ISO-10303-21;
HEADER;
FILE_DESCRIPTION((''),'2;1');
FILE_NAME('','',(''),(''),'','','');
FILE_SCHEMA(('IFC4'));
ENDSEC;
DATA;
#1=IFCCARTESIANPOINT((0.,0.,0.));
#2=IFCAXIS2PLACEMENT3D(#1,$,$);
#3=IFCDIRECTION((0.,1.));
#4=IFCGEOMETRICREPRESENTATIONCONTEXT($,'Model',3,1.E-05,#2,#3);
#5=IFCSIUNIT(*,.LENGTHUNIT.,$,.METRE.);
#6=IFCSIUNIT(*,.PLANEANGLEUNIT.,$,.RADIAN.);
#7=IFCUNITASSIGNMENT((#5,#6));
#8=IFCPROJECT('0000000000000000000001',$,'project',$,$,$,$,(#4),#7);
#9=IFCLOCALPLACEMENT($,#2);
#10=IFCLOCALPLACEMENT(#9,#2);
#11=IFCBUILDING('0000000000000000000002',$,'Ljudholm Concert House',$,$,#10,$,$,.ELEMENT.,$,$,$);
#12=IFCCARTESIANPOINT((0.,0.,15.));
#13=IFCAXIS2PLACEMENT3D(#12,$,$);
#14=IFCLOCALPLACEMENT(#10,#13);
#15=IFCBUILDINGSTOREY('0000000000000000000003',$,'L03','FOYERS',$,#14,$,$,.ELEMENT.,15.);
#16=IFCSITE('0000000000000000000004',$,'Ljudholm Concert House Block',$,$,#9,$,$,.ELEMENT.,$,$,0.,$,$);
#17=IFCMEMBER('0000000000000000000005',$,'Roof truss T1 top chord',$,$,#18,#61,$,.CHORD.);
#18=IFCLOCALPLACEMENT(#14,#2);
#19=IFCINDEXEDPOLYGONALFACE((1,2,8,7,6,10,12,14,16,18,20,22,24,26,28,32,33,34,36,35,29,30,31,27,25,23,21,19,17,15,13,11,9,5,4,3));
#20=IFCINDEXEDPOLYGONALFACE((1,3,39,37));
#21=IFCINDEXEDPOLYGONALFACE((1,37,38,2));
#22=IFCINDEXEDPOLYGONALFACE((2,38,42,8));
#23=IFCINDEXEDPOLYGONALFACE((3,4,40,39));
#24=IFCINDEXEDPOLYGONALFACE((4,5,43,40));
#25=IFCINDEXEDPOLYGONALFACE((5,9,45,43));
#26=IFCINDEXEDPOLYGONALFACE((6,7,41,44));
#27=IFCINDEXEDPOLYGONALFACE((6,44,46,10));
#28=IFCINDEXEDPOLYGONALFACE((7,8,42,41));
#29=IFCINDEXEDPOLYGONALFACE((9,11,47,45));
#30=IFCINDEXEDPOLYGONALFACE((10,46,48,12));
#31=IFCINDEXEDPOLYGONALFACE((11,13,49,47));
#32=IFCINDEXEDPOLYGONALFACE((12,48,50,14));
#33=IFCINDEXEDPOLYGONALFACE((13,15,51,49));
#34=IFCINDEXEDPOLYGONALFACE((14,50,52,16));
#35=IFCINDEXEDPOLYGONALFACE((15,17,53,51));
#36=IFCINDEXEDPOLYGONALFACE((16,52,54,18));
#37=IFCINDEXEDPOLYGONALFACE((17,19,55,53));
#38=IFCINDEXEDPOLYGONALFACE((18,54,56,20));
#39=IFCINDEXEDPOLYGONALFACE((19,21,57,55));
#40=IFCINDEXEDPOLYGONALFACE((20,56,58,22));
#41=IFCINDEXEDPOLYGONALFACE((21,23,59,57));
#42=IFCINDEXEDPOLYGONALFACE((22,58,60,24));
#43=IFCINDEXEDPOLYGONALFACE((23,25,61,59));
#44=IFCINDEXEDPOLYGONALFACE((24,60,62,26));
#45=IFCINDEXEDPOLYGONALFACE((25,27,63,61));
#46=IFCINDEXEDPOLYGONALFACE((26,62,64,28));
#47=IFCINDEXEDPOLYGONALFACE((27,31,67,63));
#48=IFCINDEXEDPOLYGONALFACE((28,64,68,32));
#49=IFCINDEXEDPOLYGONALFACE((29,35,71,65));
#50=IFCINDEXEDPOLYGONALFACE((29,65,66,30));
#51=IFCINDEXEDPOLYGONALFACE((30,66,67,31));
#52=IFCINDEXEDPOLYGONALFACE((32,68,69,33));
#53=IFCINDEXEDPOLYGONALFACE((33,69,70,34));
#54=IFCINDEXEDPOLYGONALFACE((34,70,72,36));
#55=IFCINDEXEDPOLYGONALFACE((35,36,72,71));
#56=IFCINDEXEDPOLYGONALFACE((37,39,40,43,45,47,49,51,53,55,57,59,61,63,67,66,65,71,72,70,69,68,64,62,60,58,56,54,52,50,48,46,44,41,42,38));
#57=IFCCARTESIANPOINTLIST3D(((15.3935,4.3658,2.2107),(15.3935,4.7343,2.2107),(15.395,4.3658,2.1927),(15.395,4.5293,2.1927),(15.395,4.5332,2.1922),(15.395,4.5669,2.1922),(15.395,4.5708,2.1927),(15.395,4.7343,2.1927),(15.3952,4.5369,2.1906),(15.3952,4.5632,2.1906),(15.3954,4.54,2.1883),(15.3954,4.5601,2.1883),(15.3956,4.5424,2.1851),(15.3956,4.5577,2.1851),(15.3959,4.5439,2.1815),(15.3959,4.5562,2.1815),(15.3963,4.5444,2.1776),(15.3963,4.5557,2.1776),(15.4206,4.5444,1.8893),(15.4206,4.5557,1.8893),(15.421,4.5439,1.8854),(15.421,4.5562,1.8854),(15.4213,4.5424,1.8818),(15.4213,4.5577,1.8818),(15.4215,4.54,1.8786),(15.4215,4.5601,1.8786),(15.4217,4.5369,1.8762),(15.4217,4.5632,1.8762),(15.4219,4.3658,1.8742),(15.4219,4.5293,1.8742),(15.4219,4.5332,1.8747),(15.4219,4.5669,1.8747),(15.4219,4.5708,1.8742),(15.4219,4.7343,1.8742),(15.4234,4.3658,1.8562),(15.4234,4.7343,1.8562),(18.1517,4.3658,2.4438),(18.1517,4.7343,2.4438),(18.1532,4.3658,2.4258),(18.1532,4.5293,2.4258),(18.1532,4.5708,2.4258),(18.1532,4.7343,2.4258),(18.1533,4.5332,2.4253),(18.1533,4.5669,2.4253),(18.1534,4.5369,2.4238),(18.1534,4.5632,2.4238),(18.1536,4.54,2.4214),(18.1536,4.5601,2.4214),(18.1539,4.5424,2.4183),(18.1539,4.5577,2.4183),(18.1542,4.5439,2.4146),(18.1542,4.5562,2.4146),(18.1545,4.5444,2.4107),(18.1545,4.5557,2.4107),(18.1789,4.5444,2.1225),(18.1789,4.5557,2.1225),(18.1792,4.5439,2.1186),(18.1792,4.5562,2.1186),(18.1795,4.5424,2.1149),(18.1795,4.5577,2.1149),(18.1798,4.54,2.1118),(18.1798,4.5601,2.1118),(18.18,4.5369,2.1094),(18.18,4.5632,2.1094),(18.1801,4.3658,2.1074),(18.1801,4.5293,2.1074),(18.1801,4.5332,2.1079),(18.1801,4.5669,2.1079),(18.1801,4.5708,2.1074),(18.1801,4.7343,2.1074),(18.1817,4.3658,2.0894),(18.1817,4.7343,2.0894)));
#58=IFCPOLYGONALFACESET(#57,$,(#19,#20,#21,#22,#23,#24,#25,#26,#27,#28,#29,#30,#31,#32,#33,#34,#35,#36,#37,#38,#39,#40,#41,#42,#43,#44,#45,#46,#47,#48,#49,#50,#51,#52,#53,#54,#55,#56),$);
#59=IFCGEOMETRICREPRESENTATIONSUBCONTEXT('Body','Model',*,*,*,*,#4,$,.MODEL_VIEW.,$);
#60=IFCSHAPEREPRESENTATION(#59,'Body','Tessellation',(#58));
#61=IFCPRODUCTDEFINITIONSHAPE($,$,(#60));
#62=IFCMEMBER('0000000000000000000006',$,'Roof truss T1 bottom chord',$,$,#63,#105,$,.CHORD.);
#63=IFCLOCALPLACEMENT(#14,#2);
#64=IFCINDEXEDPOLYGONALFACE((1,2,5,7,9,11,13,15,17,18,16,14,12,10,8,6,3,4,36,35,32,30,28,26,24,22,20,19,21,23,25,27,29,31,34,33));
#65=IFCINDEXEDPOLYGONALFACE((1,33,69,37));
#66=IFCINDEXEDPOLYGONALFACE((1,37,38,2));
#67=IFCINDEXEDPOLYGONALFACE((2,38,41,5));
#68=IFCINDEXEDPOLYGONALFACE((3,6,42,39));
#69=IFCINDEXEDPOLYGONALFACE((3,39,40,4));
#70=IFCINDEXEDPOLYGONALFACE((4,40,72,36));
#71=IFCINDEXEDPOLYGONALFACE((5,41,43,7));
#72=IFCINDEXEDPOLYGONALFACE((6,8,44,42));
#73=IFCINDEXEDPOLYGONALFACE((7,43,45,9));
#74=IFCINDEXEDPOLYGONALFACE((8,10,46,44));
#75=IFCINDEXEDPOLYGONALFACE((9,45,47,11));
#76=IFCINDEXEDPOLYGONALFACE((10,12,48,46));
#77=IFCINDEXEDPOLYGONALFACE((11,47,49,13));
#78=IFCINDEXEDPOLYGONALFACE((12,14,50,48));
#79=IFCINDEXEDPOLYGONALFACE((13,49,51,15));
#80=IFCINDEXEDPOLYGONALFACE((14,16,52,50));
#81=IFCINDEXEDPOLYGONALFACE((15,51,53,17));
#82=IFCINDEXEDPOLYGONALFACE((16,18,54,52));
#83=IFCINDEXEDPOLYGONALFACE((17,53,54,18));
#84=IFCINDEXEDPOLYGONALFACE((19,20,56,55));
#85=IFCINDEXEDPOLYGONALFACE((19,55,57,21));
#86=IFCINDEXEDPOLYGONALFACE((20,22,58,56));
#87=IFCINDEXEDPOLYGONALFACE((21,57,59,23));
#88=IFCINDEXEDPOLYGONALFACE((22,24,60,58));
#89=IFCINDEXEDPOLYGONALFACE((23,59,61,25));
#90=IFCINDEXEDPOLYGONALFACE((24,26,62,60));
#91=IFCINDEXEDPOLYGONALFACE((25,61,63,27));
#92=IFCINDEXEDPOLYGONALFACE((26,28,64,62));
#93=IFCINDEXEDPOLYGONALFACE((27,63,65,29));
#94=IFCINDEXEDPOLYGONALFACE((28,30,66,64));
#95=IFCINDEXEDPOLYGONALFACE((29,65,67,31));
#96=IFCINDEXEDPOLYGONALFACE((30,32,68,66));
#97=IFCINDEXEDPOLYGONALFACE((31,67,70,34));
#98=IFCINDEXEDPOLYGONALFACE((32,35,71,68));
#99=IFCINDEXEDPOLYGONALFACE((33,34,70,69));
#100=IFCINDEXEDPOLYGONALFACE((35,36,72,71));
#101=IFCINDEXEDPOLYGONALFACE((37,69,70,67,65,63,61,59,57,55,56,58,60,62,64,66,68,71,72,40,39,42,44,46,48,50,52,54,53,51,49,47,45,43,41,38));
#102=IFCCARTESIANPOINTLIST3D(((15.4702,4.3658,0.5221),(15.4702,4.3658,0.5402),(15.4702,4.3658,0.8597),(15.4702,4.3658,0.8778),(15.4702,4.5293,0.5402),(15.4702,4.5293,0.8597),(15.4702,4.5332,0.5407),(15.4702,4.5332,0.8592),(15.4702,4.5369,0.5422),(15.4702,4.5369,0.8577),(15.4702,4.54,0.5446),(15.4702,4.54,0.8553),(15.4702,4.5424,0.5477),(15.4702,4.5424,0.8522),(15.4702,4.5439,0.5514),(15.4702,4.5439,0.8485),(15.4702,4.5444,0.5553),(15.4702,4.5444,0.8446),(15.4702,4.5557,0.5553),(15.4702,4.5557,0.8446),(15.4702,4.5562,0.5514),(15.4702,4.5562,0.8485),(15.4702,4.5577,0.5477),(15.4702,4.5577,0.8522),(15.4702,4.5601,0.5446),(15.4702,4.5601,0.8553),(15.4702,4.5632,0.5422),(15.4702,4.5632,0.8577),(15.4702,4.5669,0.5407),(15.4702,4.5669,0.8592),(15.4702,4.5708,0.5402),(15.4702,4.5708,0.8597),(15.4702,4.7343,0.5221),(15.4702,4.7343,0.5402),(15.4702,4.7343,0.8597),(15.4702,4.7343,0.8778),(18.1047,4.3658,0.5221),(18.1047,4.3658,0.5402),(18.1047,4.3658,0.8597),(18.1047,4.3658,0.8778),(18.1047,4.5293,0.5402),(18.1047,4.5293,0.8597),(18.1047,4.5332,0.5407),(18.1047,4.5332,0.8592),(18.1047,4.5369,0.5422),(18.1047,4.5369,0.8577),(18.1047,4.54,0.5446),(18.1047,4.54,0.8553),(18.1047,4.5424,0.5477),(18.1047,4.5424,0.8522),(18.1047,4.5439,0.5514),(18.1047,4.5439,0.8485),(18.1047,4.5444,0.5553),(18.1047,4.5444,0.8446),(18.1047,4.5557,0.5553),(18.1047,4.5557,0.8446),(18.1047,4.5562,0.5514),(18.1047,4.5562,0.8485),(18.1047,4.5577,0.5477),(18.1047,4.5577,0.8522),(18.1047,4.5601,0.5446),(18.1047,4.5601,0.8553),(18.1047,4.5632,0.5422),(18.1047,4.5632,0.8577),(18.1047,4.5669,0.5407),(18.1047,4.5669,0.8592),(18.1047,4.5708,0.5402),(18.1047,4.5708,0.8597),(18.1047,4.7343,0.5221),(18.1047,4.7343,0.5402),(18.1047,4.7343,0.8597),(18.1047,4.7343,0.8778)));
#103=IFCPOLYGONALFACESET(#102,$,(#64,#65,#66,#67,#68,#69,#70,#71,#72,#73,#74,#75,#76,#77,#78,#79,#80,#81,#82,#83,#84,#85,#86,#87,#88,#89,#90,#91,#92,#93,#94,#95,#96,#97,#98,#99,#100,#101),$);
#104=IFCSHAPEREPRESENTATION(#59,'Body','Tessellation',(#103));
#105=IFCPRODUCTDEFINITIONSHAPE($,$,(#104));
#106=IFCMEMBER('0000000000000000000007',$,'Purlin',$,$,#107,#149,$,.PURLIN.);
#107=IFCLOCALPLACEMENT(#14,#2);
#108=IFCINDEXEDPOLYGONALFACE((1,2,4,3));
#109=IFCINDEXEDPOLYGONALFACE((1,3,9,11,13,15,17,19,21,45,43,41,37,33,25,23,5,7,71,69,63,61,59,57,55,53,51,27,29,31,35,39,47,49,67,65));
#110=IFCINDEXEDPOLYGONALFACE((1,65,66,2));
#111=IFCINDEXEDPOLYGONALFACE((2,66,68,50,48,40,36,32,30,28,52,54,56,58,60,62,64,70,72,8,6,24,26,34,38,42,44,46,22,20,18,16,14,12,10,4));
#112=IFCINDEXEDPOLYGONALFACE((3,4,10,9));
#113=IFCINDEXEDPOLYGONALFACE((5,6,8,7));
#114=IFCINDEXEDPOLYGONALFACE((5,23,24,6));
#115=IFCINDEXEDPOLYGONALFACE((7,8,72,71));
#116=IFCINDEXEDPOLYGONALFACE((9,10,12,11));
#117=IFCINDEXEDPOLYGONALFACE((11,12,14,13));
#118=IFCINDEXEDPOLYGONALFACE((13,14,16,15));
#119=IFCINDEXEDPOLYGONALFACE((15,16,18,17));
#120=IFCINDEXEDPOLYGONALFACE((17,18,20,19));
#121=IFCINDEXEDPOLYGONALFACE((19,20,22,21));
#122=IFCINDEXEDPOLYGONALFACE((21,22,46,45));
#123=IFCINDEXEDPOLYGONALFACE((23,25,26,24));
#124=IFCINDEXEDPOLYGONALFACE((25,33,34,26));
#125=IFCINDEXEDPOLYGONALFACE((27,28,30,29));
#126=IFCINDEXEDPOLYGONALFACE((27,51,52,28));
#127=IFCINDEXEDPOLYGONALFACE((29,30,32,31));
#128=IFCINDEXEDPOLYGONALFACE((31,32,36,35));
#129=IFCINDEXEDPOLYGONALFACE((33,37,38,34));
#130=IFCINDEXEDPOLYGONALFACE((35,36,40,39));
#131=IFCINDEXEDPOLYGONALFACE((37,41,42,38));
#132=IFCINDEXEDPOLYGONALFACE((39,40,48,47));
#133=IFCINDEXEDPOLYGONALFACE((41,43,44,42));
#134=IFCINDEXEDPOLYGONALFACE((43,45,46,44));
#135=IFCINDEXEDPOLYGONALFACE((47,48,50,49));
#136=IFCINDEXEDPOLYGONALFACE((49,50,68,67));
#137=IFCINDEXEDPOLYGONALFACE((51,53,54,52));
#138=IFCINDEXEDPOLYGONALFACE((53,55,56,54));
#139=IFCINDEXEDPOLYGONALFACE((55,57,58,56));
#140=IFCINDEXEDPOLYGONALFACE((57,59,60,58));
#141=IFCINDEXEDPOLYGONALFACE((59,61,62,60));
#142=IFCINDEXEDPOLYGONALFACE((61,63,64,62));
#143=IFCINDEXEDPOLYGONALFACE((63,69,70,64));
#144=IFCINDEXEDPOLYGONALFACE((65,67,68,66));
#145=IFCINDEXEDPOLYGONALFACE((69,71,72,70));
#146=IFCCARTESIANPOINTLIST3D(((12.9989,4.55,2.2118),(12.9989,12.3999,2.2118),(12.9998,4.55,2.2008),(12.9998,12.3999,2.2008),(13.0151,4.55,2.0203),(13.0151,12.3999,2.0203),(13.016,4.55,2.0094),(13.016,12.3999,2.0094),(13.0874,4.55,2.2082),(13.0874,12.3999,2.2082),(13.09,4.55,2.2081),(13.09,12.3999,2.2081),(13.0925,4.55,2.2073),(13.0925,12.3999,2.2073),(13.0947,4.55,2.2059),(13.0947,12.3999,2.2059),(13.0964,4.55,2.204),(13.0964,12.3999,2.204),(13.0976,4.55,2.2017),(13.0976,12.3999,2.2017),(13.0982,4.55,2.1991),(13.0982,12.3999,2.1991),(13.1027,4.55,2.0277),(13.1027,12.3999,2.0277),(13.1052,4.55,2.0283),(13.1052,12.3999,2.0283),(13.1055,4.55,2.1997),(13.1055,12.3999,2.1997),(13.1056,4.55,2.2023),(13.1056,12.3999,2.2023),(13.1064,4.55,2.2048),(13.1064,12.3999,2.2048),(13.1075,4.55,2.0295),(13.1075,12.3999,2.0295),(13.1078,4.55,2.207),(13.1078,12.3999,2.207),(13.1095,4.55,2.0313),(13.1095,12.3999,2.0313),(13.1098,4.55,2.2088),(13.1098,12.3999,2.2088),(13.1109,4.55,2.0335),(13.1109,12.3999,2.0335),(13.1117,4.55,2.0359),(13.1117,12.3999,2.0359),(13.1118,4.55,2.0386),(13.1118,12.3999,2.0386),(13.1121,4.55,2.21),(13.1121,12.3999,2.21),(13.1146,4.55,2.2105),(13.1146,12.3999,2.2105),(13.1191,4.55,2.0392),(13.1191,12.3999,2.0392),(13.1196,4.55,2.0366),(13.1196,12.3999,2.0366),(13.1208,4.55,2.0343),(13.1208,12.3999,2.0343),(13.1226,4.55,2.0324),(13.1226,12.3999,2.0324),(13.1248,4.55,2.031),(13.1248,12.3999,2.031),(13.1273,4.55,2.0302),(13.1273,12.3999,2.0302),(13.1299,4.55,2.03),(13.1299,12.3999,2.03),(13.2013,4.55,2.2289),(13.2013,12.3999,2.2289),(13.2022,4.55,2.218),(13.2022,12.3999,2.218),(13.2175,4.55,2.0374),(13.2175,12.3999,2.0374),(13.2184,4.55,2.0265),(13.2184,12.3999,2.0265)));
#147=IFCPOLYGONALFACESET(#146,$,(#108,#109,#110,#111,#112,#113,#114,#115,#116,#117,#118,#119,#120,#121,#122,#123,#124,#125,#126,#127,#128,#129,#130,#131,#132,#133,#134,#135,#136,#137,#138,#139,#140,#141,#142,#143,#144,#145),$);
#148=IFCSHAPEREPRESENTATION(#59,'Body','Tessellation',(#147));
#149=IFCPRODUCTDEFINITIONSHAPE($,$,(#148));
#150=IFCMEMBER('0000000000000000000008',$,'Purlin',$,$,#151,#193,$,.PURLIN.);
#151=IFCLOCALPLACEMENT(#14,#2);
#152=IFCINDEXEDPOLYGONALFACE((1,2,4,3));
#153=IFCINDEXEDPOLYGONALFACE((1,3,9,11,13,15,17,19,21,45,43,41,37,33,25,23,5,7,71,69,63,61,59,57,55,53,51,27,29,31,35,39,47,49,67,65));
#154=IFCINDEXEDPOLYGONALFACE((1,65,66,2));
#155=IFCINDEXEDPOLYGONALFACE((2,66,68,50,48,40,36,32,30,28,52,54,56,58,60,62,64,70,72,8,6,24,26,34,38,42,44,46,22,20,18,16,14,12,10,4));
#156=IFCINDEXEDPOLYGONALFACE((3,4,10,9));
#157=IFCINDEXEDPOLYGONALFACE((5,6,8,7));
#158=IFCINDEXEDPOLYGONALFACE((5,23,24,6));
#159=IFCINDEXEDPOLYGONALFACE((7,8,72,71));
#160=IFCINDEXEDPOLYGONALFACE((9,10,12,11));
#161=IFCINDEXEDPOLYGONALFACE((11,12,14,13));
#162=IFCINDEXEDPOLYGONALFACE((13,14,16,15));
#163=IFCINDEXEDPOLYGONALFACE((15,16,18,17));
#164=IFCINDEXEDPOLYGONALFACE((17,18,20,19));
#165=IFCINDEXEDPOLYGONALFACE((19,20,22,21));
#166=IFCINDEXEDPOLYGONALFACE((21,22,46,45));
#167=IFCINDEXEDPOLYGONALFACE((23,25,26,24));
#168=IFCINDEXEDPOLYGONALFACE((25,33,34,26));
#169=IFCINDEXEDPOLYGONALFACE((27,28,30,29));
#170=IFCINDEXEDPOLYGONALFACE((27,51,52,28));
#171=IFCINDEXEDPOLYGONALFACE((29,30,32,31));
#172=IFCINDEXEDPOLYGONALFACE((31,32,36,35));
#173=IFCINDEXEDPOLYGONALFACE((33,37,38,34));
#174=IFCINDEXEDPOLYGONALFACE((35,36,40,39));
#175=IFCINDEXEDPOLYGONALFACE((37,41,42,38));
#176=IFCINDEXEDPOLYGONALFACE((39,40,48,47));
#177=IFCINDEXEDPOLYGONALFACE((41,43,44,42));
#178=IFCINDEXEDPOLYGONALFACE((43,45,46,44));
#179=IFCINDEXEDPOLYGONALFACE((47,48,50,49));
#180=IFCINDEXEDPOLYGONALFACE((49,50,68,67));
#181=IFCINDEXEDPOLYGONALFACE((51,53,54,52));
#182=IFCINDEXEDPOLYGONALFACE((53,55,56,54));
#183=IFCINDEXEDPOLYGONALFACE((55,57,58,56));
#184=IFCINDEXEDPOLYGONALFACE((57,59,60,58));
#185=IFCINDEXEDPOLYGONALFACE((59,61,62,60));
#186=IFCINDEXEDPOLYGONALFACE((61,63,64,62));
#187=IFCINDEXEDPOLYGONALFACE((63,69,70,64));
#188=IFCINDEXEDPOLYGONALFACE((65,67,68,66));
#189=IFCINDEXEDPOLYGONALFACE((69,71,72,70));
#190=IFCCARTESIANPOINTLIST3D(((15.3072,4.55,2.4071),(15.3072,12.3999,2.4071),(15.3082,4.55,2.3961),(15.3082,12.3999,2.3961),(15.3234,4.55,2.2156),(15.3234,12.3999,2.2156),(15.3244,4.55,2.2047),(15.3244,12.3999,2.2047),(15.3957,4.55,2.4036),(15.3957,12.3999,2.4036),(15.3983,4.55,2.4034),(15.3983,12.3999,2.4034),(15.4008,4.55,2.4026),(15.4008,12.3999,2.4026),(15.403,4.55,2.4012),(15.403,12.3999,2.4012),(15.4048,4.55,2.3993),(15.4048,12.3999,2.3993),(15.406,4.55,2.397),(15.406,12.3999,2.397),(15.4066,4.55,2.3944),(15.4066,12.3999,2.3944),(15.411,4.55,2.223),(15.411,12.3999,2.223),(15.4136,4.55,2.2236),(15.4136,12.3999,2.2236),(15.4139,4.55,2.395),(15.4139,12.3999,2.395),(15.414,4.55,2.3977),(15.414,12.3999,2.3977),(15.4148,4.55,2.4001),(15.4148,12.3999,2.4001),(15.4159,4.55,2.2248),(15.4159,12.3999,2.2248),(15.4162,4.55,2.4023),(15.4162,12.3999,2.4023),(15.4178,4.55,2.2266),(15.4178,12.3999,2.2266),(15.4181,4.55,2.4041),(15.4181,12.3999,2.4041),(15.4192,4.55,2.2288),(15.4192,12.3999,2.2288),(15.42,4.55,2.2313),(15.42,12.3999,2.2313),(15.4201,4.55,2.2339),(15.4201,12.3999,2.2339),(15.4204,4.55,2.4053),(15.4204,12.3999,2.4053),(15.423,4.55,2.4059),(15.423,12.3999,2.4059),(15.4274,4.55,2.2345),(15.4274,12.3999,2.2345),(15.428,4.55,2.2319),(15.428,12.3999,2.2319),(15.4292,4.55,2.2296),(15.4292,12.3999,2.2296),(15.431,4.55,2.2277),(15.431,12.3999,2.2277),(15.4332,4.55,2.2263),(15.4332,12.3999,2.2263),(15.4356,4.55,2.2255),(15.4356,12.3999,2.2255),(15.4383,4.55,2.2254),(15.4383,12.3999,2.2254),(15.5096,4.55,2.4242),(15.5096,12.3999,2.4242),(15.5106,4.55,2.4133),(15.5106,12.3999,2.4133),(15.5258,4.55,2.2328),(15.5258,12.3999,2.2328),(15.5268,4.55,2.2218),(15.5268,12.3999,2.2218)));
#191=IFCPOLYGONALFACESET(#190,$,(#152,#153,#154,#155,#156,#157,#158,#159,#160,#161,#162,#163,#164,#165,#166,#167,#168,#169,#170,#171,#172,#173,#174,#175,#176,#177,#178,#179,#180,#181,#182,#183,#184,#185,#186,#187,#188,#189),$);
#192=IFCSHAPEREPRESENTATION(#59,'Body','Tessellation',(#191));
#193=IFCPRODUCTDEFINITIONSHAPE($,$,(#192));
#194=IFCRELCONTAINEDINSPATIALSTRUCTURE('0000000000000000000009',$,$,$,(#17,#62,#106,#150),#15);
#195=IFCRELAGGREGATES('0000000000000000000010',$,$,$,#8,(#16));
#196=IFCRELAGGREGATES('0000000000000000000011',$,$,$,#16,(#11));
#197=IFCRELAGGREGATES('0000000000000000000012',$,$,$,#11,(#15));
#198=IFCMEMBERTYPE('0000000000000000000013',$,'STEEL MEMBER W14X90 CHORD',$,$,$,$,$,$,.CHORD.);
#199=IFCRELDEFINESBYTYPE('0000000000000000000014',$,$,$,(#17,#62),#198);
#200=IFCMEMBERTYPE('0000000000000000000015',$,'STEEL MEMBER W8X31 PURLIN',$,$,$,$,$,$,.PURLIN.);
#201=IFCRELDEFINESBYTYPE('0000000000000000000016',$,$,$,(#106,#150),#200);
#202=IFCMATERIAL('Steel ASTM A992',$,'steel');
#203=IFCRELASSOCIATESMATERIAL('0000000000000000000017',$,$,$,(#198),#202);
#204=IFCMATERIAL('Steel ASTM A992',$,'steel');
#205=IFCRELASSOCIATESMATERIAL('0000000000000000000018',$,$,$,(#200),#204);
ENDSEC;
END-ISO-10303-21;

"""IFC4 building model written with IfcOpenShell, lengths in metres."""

from ifc_helpers import new_model, si_unit, direction, frame, origin, origin_2d, place, context, subcontext, project, spatial, i_section, extrude, material, material_profile, profile_set, type_object, element, save


model = new_model("IFC4")

# Units and contexts
model_context = context("Model", 3, precision=1e-05, world=origin(), true_north=direction((0.0, 1.0)))
body_context = subcontext(model_context, "Body", "Model", "MODEL_VIEW")
ifc_project = project(units=[si_unit("LENGTHUNIT", "METRE"), si_unit("PLANEANGLEUNIT", "RADIAN")], contexts=[model_context])

# Site, building, storey
site_placement = place(None, origin())
site = spatial("IfcSite", under=ifc_project, at=site_placement, Name="Ljudholm Concert House Block", CompositionType="ELEMENT", RefElevation=0.0)
building_placement = place(site_placement, origin())
building = spatial("IfcBuilding", under=site, at=building_placement, Name="Ljudholm Concert House", CompositionType="ELEMENT")
storey_placement = place(building_placement, frame((0.0, 0.0, 15.0)))
storey = spatial("IfcBuildingStorey", under=building, at=storey_placement, Name="L03", Description="FOYERS", CompositionType="ELEMENT", Elevation=15.0)

# Members
ifc_material_1 = material(Name="Steel ASTM A992", Category="steel")
ifc_material_profile_1 = material_profile(ifc_material_1, i_section(OverallWidth=0.3684, OverallDepth=0.3557, WebThickness=0.0112, FlangeThickness=0.0181, FilletRadius=0.0151, at=origin_2d()), Name="W14X90")
ifc_profile_set_1 = profile_set([ifc_material_profile_1], Name="Steel ASTM A992")
member_type_1 = type_object("IfcMemberType", Name="STEEL MEMBER W14X90 CHORD", PredefinedType="CHORD", material=ifc_profile_set_1)
member_1_placement = place(storey_placement, frame((15.4084, 4.55, 2.0334), z_axis=(0.996447, 0.0, 0.084228), x_axis=(0.0, 1.0, 0.0)))
element("IfcMember", 1, at=member_1_placement, inside=storey, type_object=member_type_1, Name="Roof truss T1 top chord", PredefinedType="CHORD", context=body_context, shape_type="SweptSolid", body=[
    extrude(i_section(OverallWidth=0.3684, OverallDepth=0.3557, WebThickness=0.0112, FlangeThickness=0.0181, FilletRadius=0.0151, at=origin_2d()), origin(), (0.0, 0.0, 1.0), 2.7681),
])
member_2_placement = place(storey_placement, frame((15.4702, 4.55, 0.7), z_axis=(1.0, 0.0, 0.0), x_axis=(0.0, 1.0, 0.0)))
element("IfcMember", 2, at=member_2_placement, inside=storey, type_object=member_type_1, Name="Roof truss T1 bottom chord", PredefinedType="CHORD", context=body_context, shape_type="SweptSolid", body=[
    extrude(i_section(OverallWidth=0.3684, OverallDepth=0.3557, WebThickness=0.0112, FlangeThickness=0.0181, FilletRadius=0.0151, at=origin_2d()), origin(), (0.0, 0.0, 1.0), 2.6345),
])
ifc_material_2 = material(Name="Steel ASTM A992", Category="steel")
ifc_material_profile_2 = material_profile(ifc_material_2, i_section(OverallWidth=0.2031, OverallDepth=0.2031, WebThickness=0.0073, FlangeThickness=0.011, FilletRadius=0.01, at=origin_2d()), Name="W8X31")
ifc_profile_set_2 = profile_set([ifc_material_profile_2], Name="Steel ASTM A992")
member_type_2 = type_object("IfcMemberType", Name="STEEL MEMBER W8X31 PURLIN", PredefinedType="PURLIN", material=ifc_profile_set_2)
for number, where, z_axis, x_axis, name in (
    (3, (13.1086, 4.55, 2.1191), (0.0, 1.0, 0.0), (-0.996441, 0.0, -0.084291), "Purlin"),
    (4, (15.417, 4.55, 2.3145), (0.0, 1.0, 0.0), (-0.996441, 0.0, -0.084291), "Purlin"),
):
    element("IfcMember", number, at=place(storey_placement, frame(where, z_axis=z_axis, x_axis=x_axis)), inside=storey, type_object=member_type_2, Name=name, PredefinedType="PURLIN", context=body_context, shape_type="SweptSolid", body=[
        extrude(i_section(OverallWidth=0.2031, OverallDepth=0.2031, WebThickness=0.0073, FlangeThickness=0.011, FilletRadius=0.01, at=origin_2d()), origin(), (0.0, 0.0, 1.0), 7.8499),
    ])

save(model, "model.ifc")
